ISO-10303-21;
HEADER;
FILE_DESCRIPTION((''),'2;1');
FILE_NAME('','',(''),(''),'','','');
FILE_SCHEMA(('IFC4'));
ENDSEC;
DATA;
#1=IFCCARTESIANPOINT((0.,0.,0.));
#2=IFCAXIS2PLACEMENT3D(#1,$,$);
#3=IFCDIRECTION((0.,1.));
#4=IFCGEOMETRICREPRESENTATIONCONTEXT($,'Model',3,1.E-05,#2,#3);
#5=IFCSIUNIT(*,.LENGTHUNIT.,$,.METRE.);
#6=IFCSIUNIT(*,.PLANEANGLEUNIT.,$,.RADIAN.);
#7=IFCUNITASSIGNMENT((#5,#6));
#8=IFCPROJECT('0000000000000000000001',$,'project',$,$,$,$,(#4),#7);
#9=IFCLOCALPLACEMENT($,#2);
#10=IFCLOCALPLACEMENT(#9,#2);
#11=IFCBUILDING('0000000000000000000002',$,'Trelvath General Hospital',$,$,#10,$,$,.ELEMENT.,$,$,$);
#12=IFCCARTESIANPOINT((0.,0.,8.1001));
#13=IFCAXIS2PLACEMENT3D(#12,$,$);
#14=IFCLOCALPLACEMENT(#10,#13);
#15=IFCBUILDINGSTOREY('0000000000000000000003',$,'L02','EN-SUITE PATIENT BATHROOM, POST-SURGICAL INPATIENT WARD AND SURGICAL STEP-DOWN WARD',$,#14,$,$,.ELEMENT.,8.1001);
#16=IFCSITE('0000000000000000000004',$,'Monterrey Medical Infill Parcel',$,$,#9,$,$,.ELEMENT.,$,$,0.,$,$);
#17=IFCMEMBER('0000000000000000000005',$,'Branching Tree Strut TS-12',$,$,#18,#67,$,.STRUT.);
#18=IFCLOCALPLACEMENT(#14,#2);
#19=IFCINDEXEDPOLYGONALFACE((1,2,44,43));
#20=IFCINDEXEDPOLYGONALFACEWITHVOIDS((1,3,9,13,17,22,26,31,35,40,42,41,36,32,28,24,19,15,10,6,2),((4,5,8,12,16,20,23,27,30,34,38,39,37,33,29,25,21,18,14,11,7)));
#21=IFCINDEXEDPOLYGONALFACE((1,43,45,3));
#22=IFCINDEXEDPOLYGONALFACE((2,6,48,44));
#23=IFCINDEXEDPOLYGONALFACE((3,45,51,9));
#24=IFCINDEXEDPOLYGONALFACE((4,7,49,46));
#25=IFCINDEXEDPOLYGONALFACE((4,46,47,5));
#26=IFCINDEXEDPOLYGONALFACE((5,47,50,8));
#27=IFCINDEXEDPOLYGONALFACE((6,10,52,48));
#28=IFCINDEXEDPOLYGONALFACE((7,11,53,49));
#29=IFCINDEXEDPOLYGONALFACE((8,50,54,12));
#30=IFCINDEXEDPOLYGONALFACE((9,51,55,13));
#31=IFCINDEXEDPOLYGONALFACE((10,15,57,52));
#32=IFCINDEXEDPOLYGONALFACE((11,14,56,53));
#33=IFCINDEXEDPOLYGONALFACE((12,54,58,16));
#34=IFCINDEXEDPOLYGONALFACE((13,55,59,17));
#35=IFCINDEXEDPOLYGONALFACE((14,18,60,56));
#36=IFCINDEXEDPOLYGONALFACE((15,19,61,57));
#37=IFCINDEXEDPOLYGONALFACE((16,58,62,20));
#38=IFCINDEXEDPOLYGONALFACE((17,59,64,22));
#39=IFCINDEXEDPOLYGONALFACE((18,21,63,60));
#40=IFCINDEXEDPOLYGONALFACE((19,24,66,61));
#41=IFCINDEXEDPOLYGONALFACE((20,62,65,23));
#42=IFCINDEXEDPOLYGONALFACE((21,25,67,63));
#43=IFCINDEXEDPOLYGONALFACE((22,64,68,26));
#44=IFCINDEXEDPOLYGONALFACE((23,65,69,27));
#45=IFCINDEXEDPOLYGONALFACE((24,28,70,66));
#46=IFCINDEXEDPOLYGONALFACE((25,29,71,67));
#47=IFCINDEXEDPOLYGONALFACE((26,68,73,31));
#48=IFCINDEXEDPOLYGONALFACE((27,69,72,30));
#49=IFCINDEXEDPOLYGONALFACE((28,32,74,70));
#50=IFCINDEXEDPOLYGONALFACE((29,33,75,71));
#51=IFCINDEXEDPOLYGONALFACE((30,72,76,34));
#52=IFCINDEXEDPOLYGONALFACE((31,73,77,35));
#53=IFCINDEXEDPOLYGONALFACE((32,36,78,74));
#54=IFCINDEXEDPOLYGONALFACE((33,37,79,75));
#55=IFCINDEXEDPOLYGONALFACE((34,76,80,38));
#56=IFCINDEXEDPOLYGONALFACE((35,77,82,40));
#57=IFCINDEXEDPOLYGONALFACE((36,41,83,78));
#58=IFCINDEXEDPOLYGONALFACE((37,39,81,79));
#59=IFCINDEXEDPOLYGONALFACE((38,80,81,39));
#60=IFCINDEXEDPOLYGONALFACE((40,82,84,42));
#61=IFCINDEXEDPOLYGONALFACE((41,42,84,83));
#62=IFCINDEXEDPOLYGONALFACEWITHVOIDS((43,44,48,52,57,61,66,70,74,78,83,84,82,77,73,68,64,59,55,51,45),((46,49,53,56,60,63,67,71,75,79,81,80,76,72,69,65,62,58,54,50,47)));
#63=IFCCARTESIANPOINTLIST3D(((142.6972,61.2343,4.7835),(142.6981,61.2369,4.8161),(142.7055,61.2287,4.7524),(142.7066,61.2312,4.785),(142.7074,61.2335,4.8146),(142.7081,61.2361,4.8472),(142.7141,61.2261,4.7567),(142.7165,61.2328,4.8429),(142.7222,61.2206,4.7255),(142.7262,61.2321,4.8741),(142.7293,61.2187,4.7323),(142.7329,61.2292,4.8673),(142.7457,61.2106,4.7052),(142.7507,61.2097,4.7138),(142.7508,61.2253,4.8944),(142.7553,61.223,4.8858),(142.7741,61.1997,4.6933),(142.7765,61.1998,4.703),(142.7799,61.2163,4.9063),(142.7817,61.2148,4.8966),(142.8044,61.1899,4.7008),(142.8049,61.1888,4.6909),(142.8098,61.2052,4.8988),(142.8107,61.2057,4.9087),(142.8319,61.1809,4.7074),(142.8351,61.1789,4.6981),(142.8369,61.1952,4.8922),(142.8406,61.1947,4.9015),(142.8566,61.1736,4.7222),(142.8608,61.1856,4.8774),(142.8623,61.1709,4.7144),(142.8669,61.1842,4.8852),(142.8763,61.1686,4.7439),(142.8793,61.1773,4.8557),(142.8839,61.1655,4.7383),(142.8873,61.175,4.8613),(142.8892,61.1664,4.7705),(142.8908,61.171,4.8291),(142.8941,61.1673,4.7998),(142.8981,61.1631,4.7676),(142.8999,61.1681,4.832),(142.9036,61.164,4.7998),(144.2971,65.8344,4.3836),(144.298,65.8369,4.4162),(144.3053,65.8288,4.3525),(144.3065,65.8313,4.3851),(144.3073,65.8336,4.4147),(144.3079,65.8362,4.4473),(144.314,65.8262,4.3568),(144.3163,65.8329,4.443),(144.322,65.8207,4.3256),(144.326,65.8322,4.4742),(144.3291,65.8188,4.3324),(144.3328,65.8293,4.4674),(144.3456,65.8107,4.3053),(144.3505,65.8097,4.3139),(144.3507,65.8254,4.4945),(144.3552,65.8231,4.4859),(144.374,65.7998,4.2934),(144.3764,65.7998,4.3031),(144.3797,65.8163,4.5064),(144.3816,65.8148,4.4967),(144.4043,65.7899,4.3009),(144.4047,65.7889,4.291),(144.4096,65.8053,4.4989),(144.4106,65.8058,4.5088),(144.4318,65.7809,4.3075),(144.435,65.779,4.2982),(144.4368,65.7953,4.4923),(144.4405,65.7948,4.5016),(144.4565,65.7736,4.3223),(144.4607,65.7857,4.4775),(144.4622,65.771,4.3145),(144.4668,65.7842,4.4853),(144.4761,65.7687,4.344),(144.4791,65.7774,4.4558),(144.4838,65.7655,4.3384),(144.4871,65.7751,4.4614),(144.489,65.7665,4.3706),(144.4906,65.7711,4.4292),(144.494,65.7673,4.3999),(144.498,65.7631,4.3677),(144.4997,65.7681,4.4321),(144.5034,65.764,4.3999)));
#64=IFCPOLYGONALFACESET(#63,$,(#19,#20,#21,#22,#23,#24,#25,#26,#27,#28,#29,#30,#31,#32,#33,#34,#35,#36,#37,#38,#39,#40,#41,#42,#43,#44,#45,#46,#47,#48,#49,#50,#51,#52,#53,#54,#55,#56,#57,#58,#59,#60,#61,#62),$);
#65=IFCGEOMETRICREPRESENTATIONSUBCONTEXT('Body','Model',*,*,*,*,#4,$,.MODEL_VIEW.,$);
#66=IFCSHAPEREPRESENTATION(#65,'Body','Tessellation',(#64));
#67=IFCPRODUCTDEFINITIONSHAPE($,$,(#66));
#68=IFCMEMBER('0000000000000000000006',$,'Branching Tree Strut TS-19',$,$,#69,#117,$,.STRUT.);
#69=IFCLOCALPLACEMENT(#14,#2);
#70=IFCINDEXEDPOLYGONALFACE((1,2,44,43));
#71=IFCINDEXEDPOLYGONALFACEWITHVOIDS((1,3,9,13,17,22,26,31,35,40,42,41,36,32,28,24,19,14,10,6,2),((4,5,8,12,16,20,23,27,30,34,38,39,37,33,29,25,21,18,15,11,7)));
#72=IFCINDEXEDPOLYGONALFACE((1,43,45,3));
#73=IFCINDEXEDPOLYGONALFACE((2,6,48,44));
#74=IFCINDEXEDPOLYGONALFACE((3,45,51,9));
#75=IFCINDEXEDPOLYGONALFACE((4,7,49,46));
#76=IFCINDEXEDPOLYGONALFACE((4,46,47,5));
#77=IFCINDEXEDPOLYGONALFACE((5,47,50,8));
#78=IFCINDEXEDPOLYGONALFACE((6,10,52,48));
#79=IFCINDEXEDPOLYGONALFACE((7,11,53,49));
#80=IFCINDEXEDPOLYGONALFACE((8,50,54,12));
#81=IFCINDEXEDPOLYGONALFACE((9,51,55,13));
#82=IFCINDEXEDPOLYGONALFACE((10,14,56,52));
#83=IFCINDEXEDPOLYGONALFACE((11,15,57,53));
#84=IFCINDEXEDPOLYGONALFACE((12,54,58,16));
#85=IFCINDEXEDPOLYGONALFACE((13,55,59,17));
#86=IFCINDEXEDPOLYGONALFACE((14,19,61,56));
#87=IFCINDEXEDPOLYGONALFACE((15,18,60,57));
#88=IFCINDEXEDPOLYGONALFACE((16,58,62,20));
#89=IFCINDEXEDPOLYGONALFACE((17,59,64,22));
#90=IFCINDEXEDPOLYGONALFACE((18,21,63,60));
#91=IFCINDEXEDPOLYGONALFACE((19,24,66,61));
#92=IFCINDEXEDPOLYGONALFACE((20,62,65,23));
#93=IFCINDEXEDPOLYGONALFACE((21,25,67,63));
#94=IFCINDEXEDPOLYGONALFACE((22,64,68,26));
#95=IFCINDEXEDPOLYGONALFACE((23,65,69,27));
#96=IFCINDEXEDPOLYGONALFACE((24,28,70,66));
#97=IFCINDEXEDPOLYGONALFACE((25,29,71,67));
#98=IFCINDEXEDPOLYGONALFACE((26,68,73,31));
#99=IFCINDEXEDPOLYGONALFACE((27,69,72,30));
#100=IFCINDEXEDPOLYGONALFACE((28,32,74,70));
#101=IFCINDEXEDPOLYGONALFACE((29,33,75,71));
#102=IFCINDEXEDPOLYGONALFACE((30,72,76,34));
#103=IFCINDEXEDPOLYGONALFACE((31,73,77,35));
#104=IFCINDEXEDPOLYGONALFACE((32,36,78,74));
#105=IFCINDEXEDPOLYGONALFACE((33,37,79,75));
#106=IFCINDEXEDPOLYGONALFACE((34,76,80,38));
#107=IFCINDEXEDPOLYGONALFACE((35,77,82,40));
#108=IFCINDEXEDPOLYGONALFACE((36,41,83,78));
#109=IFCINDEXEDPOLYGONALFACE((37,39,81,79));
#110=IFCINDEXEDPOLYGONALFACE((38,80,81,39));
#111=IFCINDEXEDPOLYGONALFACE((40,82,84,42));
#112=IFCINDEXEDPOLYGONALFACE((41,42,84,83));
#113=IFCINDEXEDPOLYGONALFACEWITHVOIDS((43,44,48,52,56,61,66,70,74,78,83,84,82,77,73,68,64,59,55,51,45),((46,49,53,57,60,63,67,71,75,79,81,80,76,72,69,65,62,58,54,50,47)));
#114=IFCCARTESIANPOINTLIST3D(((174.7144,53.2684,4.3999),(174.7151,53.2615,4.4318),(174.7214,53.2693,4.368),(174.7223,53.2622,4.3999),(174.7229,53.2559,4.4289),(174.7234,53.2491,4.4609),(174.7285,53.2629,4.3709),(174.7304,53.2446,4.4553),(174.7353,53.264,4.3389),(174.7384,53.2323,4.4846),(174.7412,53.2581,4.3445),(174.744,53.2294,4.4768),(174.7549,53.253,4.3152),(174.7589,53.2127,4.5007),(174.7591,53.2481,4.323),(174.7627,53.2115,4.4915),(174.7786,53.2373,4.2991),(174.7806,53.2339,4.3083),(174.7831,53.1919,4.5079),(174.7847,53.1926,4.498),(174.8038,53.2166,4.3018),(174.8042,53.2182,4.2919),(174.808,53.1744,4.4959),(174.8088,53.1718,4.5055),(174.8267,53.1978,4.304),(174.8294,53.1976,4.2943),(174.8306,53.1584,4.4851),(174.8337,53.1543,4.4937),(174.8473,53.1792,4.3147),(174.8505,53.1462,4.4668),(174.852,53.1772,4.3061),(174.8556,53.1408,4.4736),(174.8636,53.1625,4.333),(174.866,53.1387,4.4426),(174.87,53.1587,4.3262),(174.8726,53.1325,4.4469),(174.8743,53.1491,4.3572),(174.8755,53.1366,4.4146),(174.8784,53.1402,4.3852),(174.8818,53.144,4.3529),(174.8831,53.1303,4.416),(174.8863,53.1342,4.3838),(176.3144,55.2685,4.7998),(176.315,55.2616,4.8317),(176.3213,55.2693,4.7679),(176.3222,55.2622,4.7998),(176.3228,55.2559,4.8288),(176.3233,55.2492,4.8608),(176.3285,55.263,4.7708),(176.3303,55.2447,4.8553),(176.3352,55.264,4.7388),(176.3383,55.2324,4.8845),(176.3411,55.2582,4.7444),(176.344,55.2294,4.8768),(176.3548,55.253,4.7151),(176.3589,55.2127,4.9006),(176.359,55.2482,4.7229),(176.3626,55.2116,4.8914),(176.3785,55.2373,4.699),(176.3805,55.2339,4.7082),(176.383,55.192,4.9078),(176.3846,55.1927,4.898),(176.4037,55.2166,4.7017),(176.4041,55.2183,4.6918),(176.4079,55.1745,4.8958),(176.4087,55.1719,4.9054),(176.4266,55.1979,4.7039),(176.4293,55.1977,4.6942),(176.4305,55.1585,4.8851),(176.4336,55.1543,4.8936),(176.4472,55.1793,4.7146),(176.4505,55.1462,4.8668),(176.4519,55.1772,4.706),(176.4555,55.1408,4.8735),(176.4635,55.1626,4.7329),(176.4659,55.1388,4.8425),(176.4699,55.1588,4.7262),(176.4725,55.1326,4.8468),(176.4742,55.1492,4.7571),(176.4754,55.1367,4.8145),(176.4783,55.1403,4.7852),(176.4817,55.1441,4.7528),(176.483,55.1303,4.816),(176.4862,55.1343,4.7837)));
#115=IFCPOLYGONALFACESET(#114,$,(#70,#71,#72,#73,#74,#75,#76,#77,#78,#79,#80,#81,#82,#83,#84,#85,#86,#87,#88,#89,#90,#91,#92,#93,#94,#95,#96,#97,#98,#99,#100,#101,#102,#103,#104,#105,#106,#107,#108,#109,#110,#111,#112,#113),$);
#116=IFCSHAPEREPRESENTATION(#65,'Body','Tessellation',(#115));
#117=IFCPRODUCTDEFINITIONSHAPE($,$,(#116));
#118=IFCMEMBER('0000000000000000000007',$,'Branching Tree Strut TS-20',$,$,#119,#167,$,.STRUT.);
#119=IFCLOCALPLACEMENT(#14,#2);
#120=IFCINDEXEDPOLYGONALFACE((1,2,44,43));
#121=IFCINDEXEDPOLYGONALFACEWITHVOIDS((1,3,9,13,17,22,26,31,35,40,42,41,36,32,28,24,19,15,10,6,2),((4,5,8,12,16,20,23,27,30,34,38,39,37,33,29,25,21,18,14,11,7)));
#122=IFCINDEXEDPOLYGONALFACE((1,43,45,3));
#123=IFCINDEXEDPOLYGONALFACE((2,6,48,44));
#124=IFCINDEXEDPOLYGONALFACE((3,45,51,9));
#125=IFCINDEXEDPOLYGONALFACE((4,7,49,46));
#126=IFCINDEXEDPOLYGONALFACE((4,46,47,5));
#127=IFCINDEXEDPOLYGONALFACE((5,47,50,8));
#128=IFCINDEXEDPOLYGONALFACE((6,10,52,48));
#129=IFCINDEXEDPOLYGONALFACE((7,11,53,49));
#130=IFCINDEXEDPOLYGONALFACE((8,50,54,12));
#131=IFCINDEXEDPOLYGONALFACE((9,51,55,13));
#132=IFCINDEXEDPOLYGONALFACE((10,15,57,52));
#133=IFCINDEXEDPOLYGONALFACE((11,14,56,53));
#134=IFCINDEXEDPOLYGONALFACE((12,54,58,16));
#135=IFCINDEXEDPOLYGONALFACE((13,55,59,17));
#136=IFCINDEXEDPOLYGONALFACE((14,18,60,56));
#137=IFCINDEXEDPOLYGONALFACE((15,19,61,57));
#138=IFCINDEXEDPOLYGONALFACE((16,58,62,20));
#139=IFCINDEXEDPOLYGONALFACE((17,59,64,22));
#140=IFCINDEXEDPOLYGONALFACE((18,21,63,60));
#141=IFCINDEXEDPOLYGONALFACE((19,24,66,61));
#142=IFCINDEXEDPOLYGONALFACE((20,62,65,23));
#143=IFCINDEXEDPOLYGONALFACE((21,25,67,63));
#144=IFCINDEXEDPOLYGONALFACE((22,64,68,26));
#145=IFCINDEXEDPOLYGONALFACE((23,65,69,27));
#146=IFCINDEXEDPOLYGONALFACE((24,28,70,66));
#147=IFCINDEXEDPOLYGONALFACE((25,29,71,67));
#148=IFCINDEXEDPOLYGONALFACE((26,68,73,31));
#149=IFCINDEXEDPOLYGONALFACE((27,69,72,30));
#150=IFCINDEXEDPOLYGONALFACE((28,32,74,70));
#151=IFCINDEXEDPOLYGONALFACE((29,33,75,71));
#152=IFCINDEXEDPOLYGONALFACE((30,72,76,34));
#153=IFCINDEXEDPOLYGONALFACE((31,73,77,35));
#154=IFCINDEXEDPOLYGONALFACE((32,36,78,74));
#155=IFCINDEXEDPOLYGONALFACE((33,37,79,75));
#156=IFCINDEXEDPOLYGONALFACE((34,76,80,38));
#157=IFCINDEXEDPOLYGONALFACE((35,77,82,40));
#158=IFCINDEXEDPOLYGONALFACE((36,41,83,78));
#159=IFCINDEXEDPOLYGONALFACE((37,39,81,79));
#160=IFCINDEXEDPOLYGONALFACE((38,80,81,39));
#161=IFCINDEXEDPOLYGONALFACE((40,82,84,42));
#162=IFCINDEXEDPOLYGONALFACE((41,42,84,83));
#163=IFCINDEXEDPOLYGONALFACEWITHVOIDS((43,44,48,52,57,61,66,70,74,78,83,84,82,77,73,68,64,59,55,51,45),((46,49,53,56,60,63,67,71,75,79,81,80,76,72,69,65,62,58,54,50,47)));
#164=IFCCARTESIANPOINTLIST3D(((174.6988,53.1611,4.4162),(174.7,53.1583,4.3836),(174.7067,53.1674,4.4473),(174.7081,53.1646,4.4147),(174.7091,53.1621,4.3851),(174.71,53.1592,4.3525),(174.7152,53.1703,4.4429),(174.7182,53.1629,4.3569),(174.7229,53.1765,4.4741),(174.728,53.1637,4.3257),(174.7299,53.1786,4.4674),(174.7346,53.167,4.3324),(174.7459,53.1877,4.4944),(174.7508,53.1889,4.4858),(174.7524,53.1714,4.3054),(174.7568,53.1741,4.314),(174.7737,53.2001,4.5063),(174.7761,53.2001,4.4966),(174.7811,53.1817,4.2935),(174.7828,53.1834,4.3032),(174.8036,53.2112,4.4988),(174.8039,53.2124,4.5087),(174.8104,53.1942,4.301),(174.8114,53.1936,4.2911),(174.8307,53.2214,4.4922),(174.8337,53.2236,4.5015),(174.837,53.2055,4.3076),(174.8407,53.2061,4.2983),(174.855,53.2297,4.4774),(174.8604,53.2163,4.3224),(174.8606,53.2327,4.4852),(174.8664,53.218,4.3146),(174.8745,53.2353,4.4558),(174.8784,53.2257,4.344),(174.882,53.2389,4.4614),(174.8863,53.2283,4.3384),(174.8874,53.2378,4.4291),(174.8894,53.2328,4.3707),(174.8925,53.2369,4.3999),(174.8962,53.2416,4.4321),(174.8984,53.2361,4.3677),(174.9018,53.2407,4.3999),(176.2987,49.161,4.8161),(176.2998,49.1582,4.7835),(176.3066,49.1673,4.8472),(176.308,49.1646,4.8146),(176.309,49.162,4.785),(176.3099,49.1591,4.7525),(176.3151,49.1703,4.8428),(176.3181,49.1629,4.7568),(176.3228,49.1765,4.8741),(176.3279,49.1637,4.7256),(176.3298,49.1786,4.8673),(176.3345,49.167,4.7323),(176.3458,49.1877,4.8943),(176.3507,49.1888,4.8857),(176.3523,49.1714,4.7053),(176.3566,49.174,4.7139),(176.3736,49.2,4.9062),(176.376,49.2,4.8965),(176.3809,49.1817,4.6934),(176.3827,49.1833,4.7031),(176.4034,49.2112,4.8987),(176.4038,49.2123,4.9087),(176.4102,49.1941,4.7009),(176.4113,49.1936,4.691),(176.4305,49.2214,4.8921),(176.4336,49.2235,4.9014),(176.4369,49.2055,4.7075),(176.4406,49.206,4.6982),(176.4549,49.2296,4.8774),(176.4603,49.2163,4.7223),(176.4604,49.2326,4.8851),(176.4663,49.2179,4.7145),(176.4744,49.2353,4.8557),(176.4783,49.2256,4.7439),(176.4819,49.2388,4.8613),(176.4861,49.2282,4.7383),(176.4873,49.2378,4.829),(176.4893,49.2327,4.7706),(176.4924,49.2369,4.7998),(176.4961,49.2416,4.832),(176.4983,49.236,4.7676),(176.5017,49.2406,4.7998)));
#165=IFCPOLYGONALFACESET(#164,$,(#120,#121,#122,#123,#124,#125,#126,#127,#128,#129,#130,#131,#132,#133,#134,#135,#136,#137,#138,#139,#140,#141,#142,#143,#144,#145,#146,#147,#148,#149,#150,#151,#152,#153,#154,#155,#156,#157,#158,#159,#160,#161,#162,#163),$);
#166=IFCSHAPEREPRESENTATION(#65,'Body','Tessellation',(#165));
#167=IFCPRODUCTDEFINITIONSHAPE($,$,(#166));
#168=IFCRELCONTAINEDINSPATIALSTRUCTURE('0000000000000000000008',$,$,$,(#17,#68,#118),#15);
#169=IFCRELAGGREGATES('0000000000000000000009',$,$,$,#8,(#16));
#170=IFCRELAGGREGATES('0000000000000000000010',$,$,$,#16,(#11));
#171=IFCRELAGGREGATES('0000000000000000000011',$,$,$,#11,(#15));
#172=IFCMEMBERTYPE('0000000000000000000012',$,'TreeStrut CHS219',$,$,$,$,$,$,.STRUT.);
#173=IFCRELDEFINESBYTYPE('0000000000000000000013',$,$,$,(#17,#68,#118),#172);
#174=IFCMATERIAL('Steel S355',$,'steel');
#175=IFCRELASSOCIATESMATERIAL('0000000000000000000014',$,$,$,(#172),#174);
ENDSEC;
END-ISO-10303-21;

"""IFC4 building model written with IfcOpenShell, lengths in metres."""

from ifc_helpers import new_model, si_unit, direction, frame, origin, origin_2d, place, context, subcontext, project, spatial, hollow_circle, extrude, material, material_profile, profile_set, type_object, element, save


model = new_model("IFC4")

# Units and contexts
model_context = context("Model", 3, precision=1e-05, world=origin(), true_north=direction((0.0, 1.0)))
body_context = subcontext(model_context, "Body", "Model", "MODEL_VIEW")
ifc_project = project(units=[si_unit("LENGTHUNIT", "METRE"), si_unit("PLANEANGLEUNIT", "RADIAN")], contexts=[model_context])

# Site, building, storey
site_placement = place(None, origin())
site = spatial("IfcSite", under=ifc_project, at=site_placement, Name="Monterrey Medical Infill Parcel", CompositionType="ELEMENT", RefElevation=0.0)
building_placement = place(site_placement, origin())
building = spatial("IfcBuilding", under=site, at=building_placement, Name="Trelvath General Hospital", CompositionType="ELEMENT")
storey_placement = place(building_placement, frame((0.0, 0.0, 8.1001)))
storey = spatial("IfcBuildingStorey", under=building, at=storey_placement, Name="L02", Description="EN-SUITE PATIENT BATHROOM, POST-SURGICAL INPATIENT WARD AND SURGICAL STEP-DOWN WARD", CompositionType="ELEMENT", Elevation=8.1001)

# Members
ifc_material_1 = material(Name="Steel S355", Category="steel")
ifc_material_profile_1 = material_profile(ifc_material_1, hollow_circle(Radius=0.1096, WallThickness=0.01, at=origin_2d()), Name="CHS219.1x10.0")
ifc_profile_set_1 = profile_set([ifc_material_profile_1], Name="Steel S355")
member_type_1 = type_object("IfcMemberType", Name="TreeStrut CHS219", PredefinedType="STRUT", material=ifc_profile_set_1)
member_1_placement = place(storey_placement, frame((144.3999, 65.8, 4.3999), z_axis=(-0.327386, -0.94134, 0.081834), x_axis=(0.944508, -0.328488, 0.0)))
element("IfcMember", 1, at=member_1_placement, inside=storey, type_object=member_type_1, Name="Branching Tree Strut TS-12", PredefinedType="STRUT", context=body_context, shape_type="SweptSolid", body=[
    extrude(hollow_circle(Radius=0.1096, WallThickness=0.01, at=origin_2d()), origin(), (0.0, 0.0, 1.0), 4.8867),
])
member_2_placement = place(storey_placement, frame((174.8, 53.2, 4.3999), z_axis=(0.617182, 0.771548, 0.154272), x_axis=(-0.780897, 0.62466, 0.0)))
element("IfcMember", 2, at=member_2_placement, inside=storey, type_object=member_type_1, Name="Branching Tree Strut TS-19", PredefinedType="STRUT", context=body_context, shape_type="SweptSolid", body=[
    extrude(hollow_circle(Radius=0.1096, WallThickness=0.01, at=origin_2d()), origin(), (0.0, 0.0, 1.0), 2.5923),
])
member_3_placement = place(storey_placement, frame((174.8, 53.2, 4.3999), z_axis=(0.369772, -0.924514, 0.092429), x_axis=(0.928488, 0.371361, 0.0)))
element("IfcMember", 3, at=member_3_placement, inside=storey, type_object=member_type_1, Name="Branching Tree Strut TS-20", PredefinedType="STRUT", context=body_context, shape_type="SweptSolid", body=[
    extrude(hollow_circle(Radius=0.1096, WallThickness=0.01, at=origin_2d()), origin(), (0.0, 0.0, 1.0), 4.3267),
])

save(model, "model.ifc")
